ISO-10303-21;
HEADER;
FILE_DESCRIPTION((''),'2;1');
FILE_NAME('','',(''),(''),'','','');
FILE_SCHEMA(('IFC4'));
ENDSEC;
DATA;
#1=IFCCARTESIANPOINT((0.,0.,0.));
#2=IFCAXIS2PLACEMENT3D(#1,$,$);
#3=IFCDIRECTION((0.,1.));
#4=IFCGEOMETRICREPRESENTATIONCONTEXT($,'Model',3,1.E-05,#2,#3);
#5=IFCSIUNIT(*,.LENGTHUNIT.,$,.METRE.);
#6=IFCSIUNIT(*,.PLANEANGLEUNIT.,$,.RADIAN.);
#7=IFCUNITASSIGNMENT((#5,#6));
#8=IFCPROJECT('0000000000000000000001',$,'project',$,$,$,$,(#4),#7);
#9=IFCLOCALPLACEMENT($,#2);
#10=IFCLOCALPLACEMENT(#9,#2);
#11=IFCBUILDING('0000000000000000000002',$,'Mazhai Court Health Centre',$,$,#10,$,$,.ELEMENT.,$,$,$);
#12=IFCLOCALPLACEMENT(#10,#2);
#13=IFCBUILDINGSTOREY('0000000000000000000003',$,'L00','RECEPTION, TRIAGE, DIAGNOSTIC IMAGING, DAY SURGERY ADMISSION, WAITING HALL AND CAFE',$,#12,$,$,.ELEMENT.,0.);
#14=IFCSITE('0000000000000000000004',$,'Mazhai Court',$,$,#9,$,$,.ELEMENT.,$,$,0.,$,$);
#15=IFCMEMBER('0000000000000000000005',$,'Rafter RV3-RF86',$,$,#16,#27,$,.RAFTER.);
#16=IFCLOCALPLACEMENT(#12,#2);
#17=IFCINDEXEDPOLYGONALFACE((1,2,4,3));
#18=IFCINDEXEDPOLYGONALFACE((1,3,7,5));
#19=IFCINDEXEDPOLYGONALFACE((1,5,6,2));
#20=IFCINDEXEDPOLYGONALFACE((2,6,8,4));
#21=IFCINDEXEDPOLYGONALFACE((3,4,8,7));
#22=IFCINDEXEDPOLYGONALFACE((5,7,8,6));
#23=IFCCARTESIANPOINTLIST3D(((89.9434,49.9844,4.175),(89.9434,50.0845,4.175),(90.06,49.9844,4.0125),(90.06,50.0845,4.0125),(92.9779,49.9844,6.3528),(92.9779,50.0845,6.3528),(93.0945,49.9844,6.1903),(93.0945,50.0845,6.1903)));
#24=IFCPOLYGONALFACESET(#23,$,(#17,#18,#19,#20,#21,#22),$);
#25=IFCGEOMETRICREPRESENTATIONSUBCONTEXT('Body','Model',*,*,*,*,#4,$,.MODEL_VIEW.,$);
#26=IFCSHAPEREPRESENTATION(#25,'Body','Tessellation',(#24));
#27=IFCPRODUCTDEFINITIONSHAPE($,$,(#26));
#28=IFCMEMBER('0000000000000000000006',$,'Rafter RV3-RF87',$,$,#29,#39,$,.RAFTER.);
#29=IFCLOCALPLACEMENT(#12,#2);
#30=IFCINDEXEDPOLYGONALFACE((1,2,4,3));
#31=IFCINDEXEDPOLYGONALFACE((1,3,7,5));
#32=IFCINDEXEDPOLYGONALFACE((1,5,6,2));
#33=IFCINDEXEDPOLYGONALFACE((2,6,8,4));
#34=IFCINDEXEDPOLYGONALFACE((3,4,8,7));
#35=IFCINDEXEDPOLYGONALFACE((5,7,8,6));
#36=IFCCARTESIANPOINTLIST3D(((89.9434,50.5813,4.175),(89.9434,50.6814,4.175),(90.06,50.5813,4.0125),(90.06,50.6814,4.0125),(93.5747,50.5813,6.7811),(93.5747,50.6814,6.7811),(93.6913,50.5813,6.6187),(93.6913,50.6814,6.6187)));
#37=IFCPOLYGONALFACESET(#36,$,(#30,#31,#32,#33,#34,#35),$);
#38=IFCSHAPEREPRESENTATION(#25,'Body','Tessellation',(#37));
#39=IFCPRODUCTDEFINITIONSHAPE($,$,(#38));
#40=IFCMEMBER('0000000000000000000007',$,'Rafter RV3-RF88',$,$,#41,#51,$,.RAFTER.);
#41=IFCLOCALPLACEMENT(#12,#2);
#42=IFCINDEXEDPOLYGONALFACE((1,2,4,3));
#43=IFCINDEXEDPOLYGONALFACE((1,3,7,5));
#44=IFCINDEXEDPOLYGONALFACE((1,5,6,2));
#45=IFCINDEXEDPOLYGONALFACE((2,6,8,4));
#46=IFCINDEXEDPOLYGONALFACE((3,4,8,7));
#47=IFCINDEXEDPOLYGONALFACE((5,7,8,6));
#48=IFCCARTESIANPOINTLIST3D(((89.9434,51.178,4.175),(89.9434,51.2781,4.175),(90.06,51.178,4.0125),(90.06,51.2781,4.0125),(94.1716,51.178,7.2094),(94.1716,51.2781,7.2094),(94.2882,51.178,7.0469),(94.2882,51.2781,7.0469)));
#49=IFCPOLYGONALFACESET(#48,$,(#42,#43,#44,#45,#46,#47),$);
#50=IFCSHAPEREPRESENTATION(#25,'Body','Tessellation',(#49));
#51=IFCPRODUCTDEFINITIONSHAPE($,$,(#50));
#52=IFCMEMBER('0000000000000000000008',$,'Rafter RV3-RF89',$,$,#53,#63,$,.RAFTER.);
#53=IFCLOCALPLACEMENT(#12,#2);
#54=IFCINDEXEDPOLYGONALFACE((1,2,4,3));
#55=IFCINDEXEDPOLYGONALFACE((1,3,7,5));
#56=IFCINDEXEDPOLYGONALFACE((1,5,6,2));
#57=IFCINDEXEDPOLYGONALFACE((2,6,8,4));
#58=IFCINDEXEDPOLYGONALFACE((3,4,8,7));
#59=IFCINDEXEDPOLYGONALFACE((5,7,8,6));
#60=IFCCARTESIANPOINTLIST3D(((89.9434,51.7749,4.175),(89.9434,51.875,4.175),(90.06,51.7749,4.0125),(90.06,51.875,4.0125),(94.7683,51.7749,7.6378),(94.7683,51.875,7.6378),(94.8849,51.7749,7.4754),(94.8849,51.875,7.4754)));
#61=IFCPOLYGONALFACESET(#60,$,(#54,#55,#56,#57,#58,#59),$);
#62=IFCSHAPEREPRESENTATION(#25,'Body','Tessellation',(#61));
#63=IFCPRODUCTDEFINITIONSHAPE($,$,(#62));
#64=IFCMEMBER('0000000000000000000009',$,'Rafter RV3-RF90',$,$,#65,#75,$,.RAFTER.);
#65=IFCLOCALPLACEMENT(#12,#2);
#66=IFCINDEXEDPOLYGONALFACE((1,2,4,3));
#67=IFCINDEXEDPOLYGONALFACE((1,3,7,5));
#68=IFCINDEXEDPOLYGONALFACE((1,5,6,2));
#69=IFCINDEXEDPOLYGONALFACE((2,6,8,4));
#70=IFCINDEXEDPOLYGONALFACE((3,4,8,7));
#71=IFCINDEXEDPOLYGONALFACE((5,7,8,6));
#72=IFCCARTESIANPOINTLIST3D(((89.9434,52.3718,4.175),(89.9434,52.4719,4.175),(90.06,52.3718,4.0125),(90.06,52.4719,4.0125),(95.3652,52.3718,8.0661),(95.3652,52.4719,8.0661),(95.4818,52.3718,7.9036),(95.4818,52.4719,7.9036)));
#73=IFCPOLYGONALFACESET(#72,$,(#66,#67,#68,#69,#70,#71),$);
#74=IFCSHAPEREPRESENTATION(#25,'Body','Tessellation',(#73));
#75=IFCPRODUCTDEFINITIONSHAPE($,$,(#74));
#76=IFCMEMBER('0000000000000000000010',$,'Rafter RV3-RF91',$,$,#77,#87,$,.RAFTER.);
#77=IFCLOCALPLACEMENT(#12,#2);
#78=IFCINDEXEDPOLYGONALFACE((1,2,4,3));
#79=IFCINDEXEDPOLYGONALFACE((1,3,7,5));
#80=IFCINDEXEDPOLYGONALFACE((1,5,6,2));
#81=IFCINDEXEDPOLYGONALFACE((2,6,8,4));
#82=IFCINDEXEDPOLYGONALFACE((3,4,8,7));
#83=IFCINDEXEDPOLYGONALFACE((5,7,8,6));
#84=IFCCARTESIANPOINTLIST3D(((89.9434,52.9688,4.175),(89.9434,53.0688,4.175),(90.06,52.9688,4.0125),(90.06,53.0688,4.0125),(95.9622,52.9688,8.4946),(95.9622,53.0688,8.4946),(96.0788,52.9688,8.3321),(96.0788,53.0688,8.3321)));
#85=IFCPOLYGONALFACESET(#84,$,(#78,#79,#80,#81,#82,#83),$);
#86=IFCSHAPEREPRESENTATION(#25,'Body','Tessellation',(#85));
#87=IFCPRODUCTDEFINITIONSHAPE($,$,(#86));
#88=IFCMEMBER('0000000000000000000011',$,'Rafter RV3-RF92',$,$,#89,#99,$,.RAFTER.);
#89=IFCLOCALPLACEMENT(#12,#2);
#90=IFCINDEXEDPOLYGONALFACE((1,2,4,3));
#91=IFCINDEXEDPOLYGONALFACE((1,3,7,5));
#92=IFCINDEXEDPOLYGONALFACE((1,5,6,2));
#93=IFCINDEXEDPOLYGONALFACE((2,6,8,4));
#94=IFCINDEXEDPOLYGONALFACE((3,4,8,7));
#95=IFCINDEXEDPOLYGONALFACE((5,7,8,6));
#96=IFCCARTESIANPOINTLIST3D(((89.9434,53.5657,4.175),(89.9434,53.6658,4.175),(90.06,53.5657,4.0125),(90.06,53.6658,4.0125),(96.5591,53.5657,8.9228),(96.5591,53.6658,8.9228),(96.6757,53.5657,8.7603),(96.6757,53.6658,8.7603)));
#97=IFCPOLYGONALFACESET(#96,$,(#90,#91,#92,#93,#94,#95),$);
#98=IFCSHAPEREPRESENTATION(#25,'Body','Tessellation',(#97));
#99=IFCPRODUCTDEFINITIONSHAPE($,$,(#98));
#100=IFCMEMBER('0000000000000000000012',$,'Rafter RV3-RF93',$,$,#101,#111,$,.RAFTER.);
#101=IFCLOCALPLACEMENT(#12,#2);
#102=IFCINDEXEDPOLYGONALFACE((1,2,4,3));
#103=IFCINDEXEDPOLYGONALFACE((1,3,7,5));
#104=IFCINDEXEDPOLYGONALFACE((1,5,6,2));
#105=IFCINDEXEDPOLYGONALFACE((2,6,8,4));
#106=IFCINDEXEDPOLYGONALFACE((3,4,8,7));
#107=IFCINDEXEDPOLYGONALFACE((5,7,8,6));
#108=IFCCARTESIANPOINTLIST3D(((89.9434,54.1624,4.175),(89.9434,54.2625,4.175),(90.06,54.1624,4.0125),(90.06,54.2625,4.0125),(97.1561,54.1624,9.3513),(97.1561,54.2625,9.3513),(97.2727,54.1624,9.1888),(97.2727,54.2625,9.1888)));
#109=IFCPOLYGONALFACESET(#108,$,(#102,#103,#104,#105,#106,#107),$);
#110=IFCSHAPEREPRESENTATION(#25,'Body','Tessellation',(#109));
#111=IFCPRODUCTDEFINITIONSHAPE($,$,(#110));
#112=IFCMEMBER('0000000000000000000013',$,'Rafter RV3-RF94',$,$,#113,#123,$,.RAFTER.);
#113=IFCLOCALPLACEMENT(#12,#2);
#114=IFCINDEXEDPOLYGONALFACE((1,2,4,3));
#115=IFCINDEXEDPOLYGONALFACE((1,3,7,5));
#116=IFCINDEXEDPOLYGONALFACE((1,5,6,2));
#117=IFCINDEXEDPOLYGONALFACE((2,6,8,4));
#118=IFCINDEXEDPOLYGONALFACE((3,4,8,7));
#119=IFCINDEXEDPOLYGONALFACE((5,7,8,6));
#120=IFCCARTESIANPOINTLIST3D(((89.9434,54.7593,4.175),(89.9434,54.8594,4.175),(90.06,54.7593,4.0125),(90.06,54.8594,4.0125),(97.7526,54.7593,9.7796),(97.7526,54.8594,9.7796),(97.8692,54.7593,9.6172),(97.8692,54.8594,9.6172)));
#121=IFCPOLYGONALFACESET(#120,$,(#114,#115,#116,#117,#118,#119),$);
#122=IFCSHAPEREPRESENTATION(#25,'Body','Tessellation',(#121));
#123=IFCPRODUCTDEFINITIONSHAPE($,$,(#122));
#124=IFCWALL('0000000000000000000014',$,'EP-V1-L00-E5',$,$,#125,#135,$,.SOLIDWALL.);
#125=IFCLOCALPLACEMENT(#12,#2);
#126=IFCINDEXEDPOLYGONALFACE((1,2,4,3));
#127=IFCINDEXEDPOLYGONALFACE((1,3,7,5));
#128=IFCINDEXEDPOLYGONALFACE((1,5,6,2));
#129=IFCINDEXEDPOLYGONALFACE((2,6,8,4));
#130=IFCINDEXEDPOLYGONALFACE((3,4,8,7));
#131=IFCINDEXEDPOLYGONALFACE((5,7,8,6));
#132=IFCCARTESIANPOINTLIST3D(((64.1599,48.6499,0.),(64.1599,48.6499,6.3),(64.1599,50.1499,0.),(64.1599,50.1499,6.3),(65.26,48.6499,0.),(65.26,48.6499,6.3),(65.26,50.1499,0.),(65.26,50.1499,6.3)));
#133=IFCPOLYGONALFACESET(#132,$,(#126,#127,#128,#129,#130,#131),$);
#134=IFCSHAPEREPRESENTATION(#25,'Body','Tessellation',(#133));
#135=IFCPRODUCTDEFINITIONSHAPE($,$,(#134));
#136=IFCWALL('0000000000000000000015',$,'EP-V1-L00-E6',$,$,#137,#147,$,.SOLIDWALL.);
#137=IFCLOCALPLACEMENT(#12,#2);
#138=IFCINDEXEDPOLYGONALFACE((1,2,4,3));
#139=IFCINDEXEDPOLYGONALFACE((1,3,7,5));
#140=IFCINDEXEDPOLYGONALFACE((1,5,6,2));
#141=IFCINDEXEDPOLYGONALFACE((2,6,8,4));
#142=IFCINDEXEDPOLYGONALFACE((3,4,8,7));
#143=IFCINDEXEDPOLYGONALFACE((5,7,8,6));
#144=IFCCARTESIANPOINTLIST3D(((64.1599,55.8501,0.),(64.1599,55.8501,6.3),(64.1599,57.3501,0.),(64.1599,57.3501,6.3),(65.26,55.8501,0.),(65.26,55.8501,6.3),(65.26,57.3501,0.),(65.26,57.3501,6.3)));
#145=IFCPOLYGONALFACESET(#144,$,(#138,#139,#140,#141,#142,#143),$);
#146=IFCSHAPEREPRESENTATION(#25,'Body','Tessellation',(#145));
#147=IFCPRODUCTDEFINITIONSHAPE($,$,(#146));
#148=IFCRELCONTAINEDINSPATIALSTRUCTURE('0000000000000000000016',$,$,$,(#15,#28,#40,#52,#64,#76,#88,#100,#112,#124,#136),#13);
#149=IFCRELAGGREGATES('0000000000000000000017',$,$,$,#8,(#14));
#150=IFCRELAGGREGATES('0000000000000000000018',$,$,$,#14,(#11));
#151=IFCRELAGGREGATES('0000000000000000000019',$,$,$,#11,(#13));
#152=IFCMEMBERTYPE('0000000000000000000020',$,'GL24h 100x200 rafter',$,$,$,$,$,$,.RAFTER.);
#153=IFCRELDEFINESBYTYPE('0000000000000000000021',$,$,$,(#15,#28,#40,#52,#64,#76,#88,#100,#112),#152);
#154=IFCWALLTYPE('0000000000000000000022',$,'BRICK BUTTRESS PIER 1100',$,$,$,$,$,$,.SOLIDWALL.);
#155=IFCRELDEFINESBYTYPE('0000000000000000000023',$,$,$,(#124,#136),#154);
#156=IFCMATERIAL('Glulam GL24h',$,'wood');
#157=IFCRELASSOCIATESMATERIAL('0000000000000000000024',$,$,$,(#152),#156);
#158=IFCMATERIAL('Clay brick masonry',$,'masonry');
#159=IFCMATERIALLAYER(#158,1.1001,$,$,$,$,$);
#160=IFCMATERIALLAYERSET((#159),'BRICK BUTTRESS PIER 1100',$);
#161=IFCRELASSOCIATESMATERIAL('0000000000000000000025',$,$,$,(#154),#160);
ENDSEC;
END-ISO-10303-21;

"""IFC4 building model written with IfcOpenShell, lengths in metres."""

from ifc_helpers import new_model, si_unit, direction, frame, frame_2d, origin, origin_2d, place, context, subcontext, project, spatial, rectangle, extrude, material, layer, layer_set, material_profile, profile_set, type_object, element, save


model = new_model("IFC4")

# Units and contexts
model_context = context("Model", 3, precision=1e-05, world=origin(), true_north=direction((0.0, 1.0)))
body_context = subcontext(model_context, "Body", "Model", "MODEL_VIEW")
ifc_project = project(units=[si_unit("LENGTHUNIT", "METRE"), si_unit("PLANEANGLEUNIT", "RADIAN")], contexts=[model_context])

# Site, building, storey
site_placement = place(None, origin())
site = spatial("IfcSite", under=ifc_project, at=site_placement, Name="Mazhai Court", CompositionType="ELEMENT", RefElevation=0.0)
building_placement = place(site_placement, origin())
building = spatial("IfcBuilding", under=site, at=building_placement, Name="Mazhai Court Health Centre", CompositionType="ELEMENT")
storey_placement = place(building_placement, origin())
storey = spatial("IfcBuildingStorey", under=building, at=storey_placement, Name="L00", Description="RECEPTION, TRIAGE, DIAGNOSTIC IMAGING, DAY SURGERY ADMISSION, WAITING HALL AND CAFE", CompositionType="ELEMENT", Elevation=0.0)

# Members
ifc_material_1 = material(Name="Glulam GL24h", Category="wood")
ifc_material_profile_1 = material_profile(ifc_material_1, rectangle(XDim=0.1001, YDim=0.2, at=origin_2d()), Name="GL24h 100x200")
ifc_profile_set_1 = profile_set([ifc_material_profile_1], Name="Glulam GL24h")
member_type = type_object("IfcMemberType", Name="GL24h 100x200 rafter", PredefinedType="RAFTER", material=ifc_profile_set_1)
member_1_placement = place(storey_placement, frame((90.0017, 50.0344, 4.0938), z_axis=(0.812429, 0.0, 0.583061), x_axis=(0.0, 1.0, 0.0)))
element("IfcMember", 1, at=member_1_placement, inside=storey, type_object=member_type, Name="Rafter RV3-RF86", PredefinedType="RAFTER", context=body_context, shape_type="SweptSolid", body=[
    extrude(rectangle(XDim=0.1001, YDim=0.2, at=origin_2d()), origin(), (0.0, 0.0, 1.0), 3.7351),
])
member_2_placement = place(storey_placement, frame((90.0017, 50.6313, 4.0938), z_axis=(0.812421, 0.0, 0.583071), x_axis=(0.0, 1.0, 0.0)))
element("IfcMember", 2, at=member_2_placement, inside=storey, type_object=member_type, Name="Rafter RV3-RF87", PredefinedType="RAFTER", context=body_context, shape_type="SweptSolid", body=[
    extrude(rectangle(XDim=0.1001, YDim=0.2, at=origin_2d()), origin(), (0.0, 0.0, 1.0), 4.4697),
])
member_3_placement = place(storey_placement, frame((90.0017, 51.228, 4.0938), z_axis=(0.812438, 0.0, 0.583047), x_axis=(0.0, 1.0, 0.0)))
element("IfcMember", 3, at=member_3_placement, inside=storey, type_object=member_type, Name="Rafter RV3-RF88", PredefinedType="RAFTER", context=body_context, shape_type="SweptSolid", body=[
    extrude(rectangle(XDim=0.1001, YDim=0.2, at=origin_2d()), origin(), (0.0, 0.0, 1.0), 5.2043),
])
member_4_placement = place(storey_placement, frame((90.0017, 51.825, 4.0938), z_axis=(0.812418, 0.0, 0.583076), x_axis=(0.0, 1.0, 0.0)))
element("IfcMember", 4, at=member_4_placement, inside=storey, type_object=member_type, Name="Rafter RV3-RF89", PredefinedType="RAFTER", context=body_context, shape_type="SweptSolid", body=[
    extrude(rectangle(XDim=0.1001, YDim=0.2, at=origin_2d()), origin(), (0.0, 0.0, 1.0), 5.939),
])
member_5_placement = place(storey_placement, frame((90.0017, 52.4219, 4.0938), z_axis=(0.812431, 0.0, 0.583057), x_axis=(0.0, 1.0, 0.0)))
element("IfcMember", 5, at=member_5_placement, inside=storey, type_object=member_type, Name="Rafter RV3-RF90", PredefinedType="RAFTER", context=body_context, shape_type="SweptSolid", body=[
    extrude(rectangle(XDim=0.1001, YDim=0.2, at=origin_2d()), origin(), (0.0, 0.0, 1.0), 6.6736),
])
member_6_placement = place(storey_placement, frame((90.0017, 53.0188, 4.0938), z_axis=(0.812427, 0.0, 0.583063), x_axis=(0.0, 1.0, 0.0)))
element("IfcMember", 6, at=member_6_placement, inside=storey, type_object=member_type, Name="Rafter RV3-RF91", PredefinedType="RAFTER", context=body_context, shape_type="SweptSolid", body=[
    extrude(rectangle(XDim=0.1001, YDim=0.2, at=origin_2d()), origin(), (0.0, 0.0, 1.0), 7.4084),
])
member_7_placement = place(storey_placement, frame((90.0017, 53.6157, 4.0938), z_axis=(0.812437, 0.0, 0.583049), x_axis=(0.0, 1.0, 0.0)))
element("IfcMember", 7, at=member_7_placement, inside=storey, type_object=member_type, Name="Rafter RV3-RF92", PredefinedType="RAFTER", context=body_context, shape_type="SweptSolid", body=[
    extrude(rectangle(XDim=0.1001, YDim=0.2, at=origin_2d()), origin(), (0.0, 0.0, 1.0), 8.1431),
])
member_8_placement = place(storey_placement, frame((90.0017, 54.2124, 4.0938), z_axis=(0.812433, 0.0, 0.583055), x_axis=(0.0, 1.0, 0.0)))
element("IfcMember", 8, at=member_8_placement, inside=storey, type_object=member_type, Name="Rafter RV3-RF93", PredefinedType="RAFTER", context=body_context, shape_type="SweptSolid", body=[
    extrude(rectangle(XDim=0.1001, YDim=0.2, at=origin_2d()), origin(), (0.0, 0.0, 1.0), 8.8779),
])
member_9_placement = place(storey_placement, frame((90.0017, 54.8093, 4.0938), z_axis=(0.81242, 0.0, 0.583072), x_axis=(0.0, 1.0, 0.0)))
element("IfcMember", 9, at=member_9_placement, inside=storey, type_object=member_type, Name="Rafter RV3-RF94", PredefinedType="RAFTER", context=body_context, shape_type="SweptSolid", body=[
    extrude(rectangle(XDim=0.1001, YDim=0.2, at=origin_2d()), origin(), (0.0, 0.0, 1.0), 9.6123),
])

# Walls
ifc_material_2 = material(Name="Clay brick masonry", Category="masonry")
ifc_layer_1 = layer(ifc_material_2, 1.1001)
ifc_layer_set_1 = layer_set([ifc_layer_1], Name="BRICK BUTTRESS PIER 1100")
wall_type_1 = type_object("IfcWallType", Name="BRICK BUTTRESS PIER 1100", PredefinedType="SOLIDWALL", material=ifc_layer_set_1)
for number, where, z_axis, x_axis, name in (
    (10, (64.71, 50.1499, 0.0), (0.0, 0.0, 1.0), (0.0, -1.0, 0.0), "EP-V1-L00-E5"),
    (11, (64.71, 57.3501, 0.0), (0.0, 0.0, 1.0), (0.0, -1.0, 0.0), "EP-V1-L00-E6"),
):
    element("IfcWall", number, at=place(storey_placement, frame(where, z_axis=z_axis, x_axis=x_axis)), inside=storey, type_object=wall_type_1, Name=name, PredefinedType="SOLIDWALL", context=body_context, shape_type="SweptSolid", body=[
        extrude(rectangle(XDim=1.5, YDim=1.1001, at=frame_2d((0.75, 0.0))), origin(), (0.0, 0.0, 1.0), 6.3),
    ])

save(model, "model.ifc")
